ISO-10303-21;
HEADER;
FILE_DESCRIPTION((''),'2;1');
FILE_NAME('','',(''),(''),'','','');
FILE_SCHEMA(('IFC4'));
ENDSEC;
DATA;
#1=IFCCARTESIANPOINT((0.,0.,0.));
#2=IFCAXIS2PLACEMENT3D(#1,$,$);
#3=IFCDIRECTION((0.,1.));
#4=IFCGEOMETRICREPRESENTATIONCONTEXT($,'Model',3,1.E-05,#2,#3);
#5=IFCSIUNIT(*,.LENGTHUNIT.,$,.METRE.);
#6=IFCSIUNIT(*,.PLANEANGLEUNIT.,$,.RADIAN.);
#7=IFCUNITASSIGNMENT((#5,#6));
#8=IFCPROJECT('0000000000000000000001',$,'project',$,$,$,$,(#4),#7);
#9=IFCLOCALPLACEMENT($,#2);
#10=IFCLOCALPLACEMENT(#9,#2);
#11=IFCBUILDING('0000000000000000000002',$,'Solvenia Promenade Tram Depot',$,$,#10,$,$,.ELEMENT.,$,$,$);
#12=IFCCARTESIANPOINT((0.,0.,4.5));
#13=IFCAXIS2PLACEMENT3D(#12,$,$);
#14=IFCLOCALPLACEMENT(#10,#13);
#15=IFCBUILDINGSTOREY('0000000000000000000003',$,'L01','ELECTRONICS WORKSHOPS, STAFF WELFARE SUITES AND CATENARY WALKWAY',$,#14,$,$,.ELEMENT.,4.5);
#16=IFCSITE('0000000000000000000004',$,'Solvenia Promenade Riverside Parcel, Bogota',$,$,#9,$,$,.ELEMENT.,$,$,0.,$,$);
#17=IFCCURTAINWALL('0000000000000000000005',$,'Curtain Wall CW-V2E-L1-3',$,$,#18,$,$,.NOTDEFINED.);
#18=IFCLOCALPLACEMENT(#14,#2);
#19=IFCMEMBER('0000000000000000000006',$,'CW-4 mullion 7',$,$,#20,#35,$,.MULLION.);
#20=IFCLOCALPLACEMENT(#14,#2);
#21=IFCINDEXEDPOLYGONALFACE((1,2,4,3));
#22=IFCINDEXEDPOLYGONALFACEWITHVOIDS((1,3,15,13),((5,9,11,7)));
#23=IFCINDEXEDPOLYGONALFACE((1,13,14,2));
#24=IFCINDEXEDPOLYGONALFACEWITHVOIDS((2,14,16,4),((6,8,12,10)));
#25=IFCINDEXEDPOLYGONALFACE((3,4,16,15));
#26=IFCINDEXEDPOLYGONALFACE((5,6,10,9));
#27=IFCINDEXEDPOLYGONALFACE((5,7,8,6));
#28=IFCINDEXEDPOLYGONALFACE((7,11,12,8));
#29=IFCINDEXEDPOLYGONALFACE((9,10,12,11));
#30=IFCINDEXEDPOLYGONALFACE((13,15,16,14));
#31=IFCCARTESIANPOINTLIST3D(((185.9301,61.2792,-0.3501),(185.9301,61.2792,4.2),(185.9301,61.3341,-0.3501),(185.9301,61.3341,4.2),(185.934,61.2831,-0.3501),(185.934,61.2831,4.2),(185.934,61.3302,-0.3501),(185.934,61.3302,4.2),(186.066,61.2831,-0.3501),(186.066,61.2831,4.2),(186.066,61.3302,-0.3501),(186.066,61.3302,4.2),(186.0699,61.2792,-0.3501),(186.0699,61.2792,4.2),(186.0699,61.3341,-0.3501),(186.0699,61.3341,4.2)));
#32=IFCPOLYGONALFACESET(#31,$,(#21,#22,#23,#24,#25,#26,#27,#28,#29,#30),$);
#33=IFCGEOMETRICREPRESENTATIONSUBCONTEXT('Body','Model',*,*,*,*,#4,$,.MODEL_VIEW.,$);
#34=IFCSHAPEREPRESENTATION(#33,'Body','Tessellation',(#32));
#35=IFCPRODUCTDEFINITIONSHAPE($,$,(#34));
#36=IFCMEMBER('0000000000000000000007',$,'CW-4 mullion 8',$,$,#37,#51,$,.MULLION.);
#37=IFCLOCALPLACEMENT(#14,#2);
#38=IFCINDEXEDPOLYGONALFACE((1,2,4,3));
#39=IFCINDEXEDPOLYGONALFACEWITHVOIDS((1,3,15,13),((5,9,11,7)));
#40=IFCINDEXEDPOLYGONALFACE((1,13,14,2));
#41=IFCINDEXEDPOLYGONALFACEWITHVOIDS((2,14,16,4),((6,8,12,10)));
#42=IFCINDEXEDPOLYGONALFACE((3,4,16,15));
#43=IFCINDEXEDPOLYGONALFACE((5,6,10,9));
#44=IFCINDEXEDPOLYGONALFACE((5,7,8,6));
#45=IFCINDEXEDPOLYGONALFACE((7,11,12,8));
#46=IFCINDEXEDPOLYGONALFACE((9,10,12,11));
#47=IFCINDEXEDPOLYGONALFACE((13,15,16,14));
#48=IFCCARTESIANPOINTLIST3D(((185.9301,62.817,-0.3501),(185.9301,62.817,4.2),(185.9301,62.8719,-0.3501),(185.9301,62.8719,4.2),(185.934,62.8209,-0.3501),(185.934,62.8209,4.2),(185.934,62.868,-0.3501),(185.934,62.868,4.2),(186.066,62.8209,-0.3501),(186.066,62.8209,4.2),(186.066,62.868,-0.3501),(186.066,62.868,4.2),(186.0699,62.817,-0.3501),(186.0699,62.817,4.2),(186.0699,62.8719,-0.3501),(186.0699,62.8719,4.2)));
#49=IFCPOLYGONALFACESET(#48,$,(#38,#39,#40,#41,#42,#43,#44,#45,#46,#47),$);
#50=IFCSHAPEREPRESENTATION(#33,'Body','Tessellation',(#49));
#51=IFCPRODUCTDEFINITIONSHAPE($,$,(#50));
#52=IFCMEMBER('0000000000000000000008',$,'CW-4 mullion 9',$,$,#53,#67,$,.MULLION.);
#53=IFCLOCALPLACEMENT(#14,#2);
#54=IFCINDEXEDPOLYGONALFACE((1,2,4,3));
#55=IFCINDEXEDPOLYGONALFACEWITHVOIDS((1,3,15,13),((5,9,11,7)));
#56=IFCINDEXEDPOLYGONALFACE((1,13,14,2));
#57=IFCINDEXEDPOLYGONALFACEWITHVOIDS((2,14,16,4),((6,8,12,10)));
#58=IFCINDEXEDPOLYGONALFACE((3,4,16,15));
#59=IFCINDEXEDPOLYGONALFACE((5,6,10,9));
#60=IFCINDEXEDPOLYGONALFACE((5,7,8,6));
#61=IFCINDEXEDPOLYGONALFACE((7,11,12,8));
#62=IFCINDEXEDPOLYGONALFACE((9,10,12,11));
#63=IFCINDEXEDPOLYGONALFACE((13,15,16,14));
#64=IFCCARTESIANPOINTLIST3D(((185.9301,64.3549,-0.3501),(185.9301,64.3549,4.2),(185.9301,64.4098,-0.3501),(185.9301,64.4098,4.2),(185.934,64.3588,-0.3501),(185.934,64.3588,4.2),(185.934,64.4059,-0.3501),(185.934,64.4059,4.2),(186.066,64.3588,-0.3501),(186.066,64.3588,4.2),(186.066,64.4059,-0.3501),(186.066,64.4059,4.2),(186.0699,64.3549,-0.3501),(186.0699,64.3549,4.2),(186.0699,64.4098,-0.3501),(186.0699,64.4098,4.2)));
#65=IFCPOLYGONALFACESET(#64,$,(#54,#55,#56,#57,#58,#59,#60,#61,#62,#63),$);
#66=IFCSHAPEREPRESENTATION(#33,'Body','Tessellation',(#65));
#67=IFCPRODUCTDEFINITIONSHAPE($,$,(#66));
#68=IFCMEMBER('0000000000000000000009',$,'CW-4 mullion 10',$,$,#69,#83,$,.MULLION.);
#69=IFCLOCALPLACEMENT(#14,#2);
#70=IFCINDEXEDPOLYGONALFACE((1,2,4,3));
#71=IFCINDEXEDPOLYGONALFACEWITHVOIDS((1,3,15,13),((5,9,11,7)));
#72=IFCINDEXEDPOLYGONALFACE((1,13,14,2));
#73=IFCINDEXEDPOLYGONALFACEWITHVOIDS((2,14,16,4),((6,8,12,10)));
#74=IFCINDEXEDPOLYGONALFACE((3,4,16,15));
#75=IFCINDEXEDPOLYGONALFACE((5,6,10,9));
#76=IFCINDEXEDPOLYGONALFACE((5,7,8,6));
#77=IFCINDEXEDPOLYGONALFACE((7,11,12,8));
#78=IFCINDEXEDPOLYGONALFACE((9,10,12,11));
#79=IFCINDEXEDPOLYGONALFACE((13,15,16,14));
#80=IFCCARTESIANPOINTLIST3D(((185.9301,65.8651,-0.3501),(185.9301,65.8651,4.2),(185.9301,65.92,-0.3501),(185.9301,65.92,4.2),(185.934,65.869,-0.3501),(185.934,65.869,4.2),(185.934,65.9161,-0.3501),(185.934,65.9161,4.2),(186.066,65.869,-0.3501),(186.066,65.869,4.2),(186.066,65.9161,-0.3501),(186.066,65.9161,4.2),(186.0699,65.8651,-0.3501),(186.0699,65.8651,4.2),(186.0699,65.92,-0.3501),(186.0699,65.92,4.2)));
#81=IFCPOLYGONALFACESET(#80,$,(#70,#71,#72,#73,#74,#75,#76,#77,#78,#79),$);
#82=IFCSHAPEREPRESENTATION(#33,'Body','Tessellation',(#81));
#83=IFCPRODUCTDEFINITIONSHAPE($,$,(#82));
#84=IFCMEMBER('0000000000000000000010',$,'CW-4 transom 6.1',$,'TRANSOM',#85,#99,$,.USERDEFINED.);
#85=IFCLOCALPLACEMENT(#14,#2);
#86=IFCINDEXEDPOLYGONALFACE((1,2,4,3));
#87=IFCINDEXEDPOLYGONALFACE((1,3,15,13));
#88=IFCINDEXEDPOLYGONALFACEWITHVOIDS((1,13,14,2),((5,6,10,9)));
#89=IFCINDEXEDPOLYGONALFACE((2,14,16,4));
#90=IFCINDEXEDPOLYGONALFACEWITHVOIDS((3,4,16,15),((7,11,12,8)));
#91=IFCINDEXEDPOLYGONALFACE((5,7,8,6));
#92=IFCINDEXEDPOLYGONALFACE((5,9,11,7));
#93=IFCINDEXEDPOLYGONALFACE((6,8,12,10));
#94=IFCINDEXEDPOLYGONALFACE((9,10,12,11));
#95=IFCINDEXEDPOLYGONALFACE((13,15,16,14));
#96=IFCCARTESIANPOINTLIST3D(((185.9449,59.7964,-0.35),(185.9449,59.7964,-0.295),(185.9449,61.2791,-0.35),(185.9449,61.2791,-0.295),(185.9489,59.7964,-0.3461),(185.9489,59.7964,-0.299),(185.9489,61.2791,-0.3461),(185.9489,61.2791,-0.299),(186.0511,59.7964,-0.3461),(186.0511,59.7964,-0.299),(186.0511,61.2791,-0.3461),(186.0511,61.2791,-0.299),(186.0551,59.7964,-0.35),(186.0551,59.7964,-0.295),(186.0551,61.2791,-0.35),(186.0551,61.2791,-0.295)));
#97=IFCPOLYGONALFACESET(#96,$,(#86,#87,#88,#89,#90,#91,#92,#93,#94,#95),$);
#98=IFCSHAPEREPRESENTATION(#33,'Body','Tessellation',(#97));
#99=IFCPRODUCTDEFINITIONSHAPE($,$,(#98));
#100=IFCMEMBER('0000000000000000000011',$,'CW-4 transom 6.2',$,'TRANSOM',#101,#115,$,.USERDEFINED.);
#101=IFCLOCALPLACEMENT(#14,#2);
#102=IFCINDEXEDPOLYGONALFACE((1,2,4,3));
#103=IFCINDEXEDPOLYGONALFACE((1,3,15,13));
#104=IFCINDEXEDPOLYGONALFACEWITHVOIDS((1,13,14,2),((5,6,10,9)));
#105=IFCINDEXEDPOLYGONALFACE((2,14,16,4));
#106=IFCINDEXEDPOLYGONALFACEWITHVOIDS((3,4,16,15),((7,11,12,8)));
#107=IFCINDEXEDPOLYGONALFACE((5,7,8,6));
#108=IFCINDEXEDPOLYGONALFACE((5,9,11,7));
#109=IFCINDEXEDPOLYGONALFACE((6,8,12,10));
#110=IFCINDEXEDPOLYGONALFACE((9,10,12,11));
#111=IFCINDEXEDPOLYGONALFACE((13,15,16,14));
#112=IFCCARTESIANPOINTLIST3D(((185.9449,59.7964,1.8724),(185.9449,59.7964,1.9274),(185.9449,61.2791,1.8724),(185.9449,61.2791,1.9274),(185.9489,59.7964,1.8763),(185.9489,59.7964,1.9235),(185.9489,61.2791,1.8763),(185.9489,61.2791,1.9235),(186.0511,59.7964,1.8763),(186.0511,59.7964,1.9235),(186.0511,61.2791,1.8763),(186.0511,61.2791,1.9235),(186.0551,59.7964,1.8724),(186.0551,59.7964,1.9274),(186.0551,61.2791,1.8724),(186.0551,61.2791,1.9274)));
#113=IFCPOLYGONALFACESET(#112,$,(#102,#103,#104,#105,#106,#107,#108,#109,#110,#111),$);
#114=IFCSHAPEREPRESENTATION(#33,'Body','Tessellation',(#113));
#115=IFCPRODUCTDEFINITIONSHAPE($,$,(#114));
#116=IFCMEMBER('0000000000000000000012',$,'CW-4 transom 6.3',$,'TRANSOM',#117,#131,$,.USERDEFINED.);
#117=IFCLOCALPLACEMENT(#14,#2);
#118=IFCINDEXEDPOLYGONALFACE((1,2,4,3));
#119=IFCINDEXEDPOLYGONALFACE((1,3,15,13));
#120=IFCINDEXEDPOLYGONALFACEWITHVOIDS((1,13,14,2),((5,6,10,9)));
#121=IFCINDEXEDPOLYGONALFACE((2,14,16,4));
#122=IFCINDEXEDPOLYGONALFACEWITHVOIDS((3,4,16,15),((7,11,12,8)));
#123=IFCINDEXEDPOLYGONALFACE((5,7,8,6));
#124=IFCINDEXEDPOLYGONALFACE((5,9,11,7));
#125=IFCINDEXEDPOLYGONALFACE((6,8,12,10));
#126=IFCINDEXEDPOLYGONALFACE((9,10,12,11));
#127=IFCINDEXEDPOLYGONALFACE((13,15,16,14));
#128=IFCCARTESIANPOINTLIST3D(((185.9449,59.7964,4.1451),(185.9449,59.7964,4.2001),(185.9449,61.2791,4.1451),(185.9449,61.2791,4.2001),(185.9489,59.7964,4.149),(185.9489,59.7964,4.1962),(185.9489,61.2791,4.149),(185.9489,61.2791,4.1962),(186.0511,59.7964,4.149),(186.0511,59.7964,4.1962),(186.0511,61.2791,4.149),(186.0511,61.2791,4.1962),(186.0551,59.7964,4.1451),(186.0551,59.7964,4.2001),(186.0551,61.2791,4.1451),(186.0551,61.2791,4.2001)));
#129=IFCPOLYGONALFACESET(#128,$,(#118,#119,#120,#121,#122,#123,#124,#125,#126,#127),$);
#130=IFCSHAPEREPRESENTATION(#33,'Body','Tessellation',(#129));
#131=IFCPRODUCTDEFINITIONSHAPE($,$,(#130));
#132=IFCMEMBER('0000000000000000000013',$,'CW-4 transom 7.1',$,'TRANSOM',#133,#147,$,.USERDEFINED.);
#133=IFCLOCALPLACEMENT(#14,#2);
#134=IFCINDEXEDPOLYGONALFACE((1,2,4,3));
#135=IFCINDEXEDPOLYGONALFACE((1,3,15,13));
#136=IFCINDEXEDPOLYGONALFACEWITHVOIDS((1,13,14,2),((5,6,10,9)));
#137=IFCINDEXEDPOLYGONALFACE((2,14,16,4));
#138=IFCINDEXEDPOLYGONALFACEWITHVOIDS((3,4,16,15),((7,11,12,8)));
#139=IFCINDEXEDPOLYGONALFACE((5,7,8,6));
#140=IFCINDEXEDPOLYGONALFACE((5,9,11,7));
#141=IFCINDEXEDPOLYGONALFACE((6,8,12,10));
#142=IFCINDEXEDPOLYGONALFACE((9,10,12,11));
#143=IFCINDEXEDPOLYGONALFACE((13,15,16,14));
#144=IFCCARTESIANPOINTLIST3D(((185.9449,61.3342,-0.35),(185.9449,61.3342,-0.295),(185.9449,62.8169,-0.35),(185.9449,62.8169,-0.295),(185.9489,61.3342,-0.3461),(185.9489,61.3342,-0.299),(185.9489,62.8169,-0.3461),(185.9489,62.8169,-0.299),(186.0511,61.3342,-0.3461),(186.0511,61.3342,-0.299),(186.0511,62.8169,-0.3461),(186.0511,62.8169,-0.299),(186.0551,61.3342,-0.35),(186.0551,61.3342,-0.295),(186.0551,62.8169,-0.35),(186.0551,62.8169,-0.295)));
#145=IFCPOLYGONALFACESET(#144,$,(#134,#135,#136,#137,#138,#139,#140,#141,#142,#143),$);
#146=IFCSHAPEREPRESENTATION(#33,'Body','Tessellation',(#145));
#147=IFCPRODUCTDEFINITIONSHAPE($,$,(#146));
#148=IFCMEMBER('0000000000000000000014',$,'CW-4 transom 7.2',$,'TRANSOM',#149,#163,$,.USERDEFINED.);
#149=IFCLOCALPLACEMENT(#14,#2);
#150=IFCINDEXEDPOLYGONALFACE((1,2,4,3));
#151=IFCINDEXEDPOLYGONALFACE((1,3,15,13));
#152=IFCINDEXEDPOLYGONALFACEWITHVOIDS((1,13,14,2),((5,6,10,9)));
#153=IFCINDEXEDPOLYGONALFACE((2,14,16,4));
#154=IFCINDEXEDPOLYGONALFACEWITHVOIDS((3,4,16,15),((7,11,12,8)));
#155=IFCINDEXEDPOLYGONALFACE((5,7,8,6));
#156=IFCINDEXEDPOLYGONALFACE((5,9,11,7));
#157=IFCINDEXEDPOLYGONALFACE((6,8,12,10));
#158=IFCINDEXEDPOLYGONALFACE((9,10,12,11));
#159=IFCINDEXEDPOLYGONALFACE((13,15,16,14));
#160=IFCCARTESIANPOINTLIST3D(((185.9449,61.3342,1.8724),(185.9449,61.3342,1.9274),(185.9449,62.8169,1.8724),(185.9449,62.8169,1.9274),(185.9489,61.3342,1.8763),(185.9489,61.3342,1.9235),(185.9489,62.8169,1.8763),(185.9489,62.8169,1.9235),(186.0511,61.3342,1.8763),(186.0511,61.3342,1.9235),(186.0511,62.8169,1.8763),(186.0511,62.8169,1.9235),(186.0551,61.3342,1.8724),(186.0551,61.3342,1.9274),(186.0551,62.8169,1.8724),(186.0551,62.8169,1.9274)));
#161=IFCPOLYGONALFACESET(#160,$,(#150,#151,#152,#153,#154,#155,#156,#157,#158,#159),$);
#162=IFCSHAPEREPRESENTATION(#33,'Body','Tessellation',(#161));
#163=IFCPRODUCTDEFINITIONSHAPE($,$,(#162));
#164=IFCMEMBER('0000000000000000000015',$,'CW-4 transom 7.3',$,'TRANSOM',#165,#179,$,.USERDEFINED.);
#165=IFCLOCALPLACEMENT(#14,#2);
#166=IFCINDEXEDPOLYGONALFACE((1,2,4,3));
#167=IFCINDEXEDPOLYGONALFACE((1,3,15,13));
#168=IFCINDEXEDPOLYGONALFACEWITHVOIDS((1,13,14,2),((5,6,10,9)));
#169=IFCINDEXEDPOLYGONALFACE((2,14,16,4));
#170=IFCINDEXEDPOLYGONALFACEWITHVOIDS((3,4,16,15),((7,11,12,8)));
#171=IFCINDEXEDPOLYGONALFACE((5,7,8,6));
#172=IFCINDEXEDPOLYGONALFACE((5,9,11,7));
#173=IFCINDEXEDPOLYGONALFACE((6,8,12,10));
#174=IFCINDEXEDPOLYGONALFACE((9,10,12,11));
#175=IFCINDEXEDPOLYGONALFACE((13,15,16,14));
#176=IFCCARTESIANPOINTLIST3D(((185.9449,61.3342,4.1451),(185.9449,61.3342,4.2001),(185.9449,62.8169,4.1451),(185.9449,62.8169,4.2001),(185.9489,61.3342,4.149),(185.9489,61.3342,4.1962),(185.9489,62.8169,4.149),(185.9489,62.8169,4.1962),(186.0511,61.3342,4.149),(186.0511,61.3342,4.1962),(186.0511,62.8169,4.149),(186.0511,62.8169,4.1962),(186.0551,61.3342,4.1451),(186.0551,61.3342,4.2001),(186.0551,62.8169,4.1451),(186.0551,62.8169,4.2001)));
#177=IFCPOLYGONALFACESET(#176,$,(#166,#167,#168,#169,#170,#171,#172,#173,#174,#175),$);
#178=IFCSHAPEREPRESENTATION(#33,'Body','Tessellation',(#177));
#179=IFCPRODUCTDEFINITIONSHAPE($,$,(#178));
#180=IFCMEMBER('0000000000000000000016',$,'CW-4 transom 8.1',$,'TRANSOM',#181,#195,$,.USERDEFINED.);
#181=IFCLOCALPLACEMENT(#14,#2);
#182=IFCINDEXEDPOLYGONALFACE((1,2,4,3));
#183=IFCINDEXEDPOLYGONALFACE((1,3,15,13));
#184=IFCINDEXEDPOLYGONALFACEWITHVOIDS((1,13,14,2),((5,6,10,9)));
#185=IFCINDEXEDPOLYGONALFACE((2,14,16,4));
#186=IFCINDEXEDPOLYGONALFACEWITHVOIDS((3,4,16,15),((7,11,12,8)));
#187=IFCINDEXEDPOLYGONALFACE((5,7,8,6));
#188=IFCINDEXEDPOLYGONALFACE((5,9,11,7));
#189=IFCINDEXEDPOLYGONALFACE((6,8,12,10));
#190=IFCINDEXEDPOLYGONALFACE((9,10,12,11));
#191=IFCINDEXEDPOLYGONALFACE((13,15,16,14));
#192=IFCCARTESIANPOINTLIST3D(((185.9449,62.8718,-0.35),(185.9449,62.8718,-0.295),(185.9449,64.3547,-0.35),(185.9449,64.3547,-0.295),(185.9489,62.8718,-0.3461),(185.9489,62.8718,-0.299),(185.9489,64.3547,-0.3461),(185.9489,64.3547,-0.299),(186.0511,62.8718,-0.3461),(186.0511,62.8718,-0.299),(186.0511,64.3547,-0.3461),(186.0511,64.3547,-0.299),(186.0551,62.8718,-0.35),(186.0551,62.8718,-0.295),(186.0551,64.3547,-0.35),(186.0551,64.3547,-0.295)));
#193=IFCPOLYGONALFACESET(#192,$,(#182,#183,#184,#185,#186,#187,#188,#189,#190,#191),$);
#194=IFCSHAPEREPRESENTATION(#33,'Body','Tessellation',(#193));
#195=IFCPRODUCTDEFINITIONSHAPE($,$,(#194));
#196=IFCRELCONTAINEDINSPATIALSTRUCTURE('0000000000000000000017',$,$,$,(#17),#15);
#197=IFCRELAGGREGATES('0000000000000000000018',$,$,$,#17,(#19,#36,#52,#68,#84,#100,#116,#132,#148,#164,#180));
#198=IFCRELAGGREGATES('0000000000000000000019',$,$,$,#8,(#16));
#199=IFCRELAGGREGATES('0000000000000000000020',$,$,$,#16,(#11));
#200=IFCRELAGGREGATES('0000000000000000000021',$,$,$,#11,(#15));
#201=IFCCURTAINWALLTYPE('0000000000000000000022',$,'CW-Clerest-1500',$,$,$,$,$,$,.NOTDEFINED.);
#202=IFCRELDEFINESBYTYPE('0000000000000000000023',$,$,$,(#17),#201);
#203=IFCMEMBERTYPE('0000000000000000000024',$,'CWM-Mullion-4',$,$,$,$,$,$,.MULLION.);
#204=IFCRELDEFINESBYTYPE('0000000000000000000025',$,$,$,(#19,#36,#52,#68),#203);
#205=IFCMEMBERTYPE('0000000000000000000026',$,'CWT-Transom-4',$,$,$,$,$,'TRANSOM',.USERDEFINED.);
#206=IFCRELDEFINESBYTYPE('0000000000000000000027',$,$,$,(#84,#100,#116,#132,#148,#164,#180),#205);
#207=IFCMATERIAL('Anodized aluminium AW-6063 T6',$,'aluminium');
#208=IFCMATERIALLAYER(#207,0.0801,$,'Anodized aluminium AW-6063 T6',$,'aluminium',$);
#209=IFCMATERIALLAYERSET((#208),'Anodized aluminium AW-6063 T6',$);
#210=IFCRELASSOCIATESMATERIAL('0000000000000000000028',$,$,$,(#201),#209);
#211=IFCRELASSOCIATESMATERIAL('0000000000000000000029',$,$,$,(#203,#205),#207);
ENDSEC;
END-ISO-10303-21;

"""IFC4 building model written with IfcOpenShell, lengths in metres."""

from ifc_helpers import new_model, si_unit, direction, frame, origin, origin_2d, place, context, subcontext, project, spatial, hollow_rectangle, extrude, material, layer, layer_set, material_profile, profile_set, type_object, element, aggregate, save


model = new_model("IFC4")

# Units and contexts
model_context = context("Model", 3, precision=1e-05, world=origin(), true_north=direction((0.0, 1.0)))
body_context = subcontext(model_context, "Body", "Model", "MODEL_VIEW")
ifc_project = project(units=[si_unit("LENGTHUNIT", "METRE"), si_unit("PLANEANGLEUNIT", "RADIAN")], contexts=[model_context])

# Site, building, storey
site_placement = place(None, origin())
site = spatial("IfcSite", under=ifc_project, at=site_placement, Name="Solvenia Promenade Riverside Parcel, Bogota", CompositionType="ELEMENT", RefElevation=0.0)
building_placement = place(site_placement, origin())
building = spatial("IfcBuilding", under=site, at=building_placement, Name="Solvenia Promenade Tram Depot", CompositionType="ELEMENT")
storey_placement = place(building_placement, frame((0.0, 0.0, 4.5)))
storey = spatial("IfcBuildingStorey", under=building, at=storey_placement, Name="L01", Description="ELECTRONICS WORKSHOPS, STAFF WELFARE SUITES AND CATENARY WALKWAY", CompositionType="ELEMENT", Elevation=4.5)

# Curtain wall, members
ifc_material_1 = material(Name="Anodized aluminium AW-6063 T6", Category="aluminium")
ifc_layer_1 = layer(ifc_material_1, 0.0801, Name="Anodized aluminium AW-6063 T6", Category="aluminium")
ifc_layer_set_1 = layer_set([ifc_layer_1], Name="Anodized aluminium AW-6063 T6")
curtain_wall_type = type_object("IfcCurtainWallType", Name="CW-Clerest-1500", PredefinedType="NOTDEFINED", material=ifc_layer_set_1)
curtain_wall_placement = place(storey_placement, origin())
curtain_wall = element("IfcCurtainWall", 1, at=curtain_wall_placement, inside=storey, type_object=curtain_wall_type, Name="Curtain Wall CW-V2E-L1-3", PredefinedType="NOTDEFINED")
ifc_material_profile_1 = material_profile(ifc_material_1, hollow_rectangle(XDim=0.1399, YDim=0.0549, WallThickness=0.0039, at=origin_2d()), Name="ALU-M4", Category="aluminium")
ifc_profile_set_1 = profile_set([ifc_material_profile_1], Name="Anodized aluminium AW-6063 T6")
member_type_1 = type_object("IfcMemberType", Name="CWM-Mullion-4", PredefinedType="MULLION", material=ifc_profile_set_1)
member_1_placement = place(storey_placement, frame((186.0, 61.3066, -0.3501), z_axis=(0.0, 0.0, 1.0), x_axis=(-1.0, 0.0, 0.0)))
member_1 = element("IfcMember", 2, at=member_1_placement, type_object=member_type_1, Name="CW-4 mullion 7", PredefinedType="MULLION", context=body_context, shape_type="SweptSolid", body=[
    extrude(hollow_rectangle(XDim=0.1399, YDim=0.0549, WallThickness=0.0039, at=origin_2d()), origin(), (0.0, 0.0, 1.0), 4.55),
])
member_2_placement = place(storey_placement, frame((186.0, 62.8445, -0.3501), z_axis=(0.0, 0.0, 1.0), x_axis=(-1.0, 0.0, 0.0)))
member_2 = element("IfcMember", 3, at=member_2_placement, type_object=member_type_1, Name="CW-4 mullion 8", PredefinedType="MULLION", context=body_context, shape_type="SweptSolid", body=[
    extrude(hollow_rectangle(XDim=0.1399, YDim=0.0549, WallThickness=0.0039, at=origin_2d()), origin(), (0.0, 0.0, 1.0), 4.55),
])
member_3_placement = place(storey_placement, frame((186.0, 64.3823, -0.3501), z_axis=(0.0, 0.0, 1.0), x_axis=(-1.0, 0.0, 0.0)))
member_3 = element("IfcMember", 4, at=member_3_placement, type_object=member_type_1, Name="CW-4 mullion 9", PredefinedType="MULLION", context=body_context, shape_type="SweptSolid", body=[
    extrude(hollow_rectangle(XDim=0.1399, YDim=0.0549, WallThickness=0.0039, at=origin_2d()), origin(), (0.0, 0.0, 1.0), 4.55),
])
member_4_placement = place(storey_placement, frame((186.0, 65.8926, -0.3501), z_axis=(0.0, 0.0, 1.0), x_axis=(-1.0, 0.0, 0.0)))
member_4 = element("IfcMember", 5, at=member_4_placement, type_object=member_type_1, Name="CW-4 mullion 10", PredefinedType="MULLION", context=body_context, shape_type="SweptSolid", body=[
    extrude(hollow_rectangle(XDim=0.1399, YDim=0.0549, WallThickness=0.0039, at=origin_2d()), origin(), (0.0, 0.0, 1.0), 4.55),
])
ifc_material_profile_2 = material_profile(ifc_material_1, hollow_rectangle(XDim=0.1101, YDim=0.0549, WallThickness=0.0039, at=origin_2d()), Name="ALU-T4", Category="aluminium")
ifc_profile_set_2 = profile_set([ifc_material_profile_2], Name="Anodized aluminium AW-6063 T6")
member_type_2 = type_object("IfcMemberType", Name="CWT-Transom-4", ElementType="TRANSOM", PredefinedType="USERDEFINED", material=ifc_profile_set_2)
member_5_placement = place(storey_placement, frame((186.0, 59.7964, -0.3225), z_axis=(0.0, 1.0, 0.0), x_axis=(-1.0, 0.0, 0.0)))
member_5 = element("IfcMember", 6, at=member_5_placement, type_object=member_type_2, Name="CW-4 transom 6.1", ObjectType="TRANSOM", PredefinedType="USERDEFINED", context=body_context, shape_type="SweptSolid", body=[
    extrude(hollow_rectangle(XDim=0.1101, YDim=0.0549, WallThickness=0.0039, at=origin_2d()), origin(), (0.0, 0.0, 1.0), 1.4827),
])
member_6_placement = place(storey_placement, frame((186.0, 59.7964, 1.8999), z_axis=(0.0, 1.0, 0.0), x_axis=(-1.0, 0.0, 0.0)))
member_6 = element("IfcMember", 7, at=member_6_placement, type_object=member_type_2, Name="CW-4 transom 6.2", ObjectType="TRANSOM", PredefinedType="USERDEFINED", context=body_context, shape_type="SweptSolid", body=[
    extrude(hollow_rectangle(XDim=0.1101, YDim=0.0549, WallThickness=0.0039, at=origin_2d()), origin(), (0.0, 0.0, 1.0), 1.4827),
])
member_7_placement = place(storey_placement, frame((186.0, 59.7964, 4.1726), z_axis=(0.0, 1.0, 0.0), x_axis=(-1.0, 0.0, 0.0)))
member_7 = element("IfcMember", 8, at=member_7_placement, type_object=member_type_2, Name="CW-4 transom 6.3", ObjectType="TRANSOM", PredefinedType="USERDEFINED", context=body_context, shape_type="SweptSolid", body=[
    extrude(hollow_rectangle(XDim=0.1101, YDim=0.0549, WallThickness=0.0039, at=origin_2d()), origin(), (0.0, 0.0, 1.0), 1.4827),
])
member_8_placement = place(storey_placement, frame((186.0, 61.3342, -0.3225), z_axis=(0.0, 1.0, 0.0), x_axis=(-1.0, 0.0, 0.0)))
member_8 = element("IfcMember", 9, at=member_8_placement, type_object=member_type_2, Name="CW-4 transom 7.1", ObjectType="TRANSOM", PredefinedType="USERDEFINED", context=body_context, shape_type="SweptSolid", body=[
    extrude(hollow_rectangle(XDim=0.1101, YDim=0.0549, WallThickness=0.0039, at=origin_2d()), origin(), (0.0, 0.0, 1.0), 1.4827),
])
member_9_placement = place(storey_placement, frame((186.0, 61.3342, 1.8999), z_axis=(0.0, 1.0, 0.0), x_axis=(-1.0, 0.0, 0.0)))
member_9 = element("IfcMember", 10, at=member_9_placement, type_object=member_type_2, Name="CW-4 transom 7.2", ObjectType="TRANSOM", PredefinedType="USERDEFINED", context=body_context, shape_type="SweptSolid", body=[
    extrude(hollow_rectangle(XDim=0.1101, YDim=0.0549, WallThickness=0.0039, at=origin_2d()), origin(), (0.0, 0.0, 1.0), 1.4827),
])
member_10_placement = place(storey_placement, frame((186.0, 61.3342, 4.1726), z_axis=(0.0, 1.0, 0.0), x_axis=(-1.0, 0.0, 0.0)))
member_10 = element("IfcMember", 11, at=member_10_placement, type_object=member_type_2, Name="CW-4 transom 7.3", ObjectType="TRANSOM", PredefinedType="USERDEFINED", context=body_context, shape_type="SweptSolid", body=[
    extrude(hollow_rectangle(XDim=0.1101, YDim=0.0549, WallThickness=0.0039, at=origin_2d()), origin(), (0.0, 0.0, 1.0), 1.4827),
])
member_11_placement = place(storey_placement, frame((186.0, 62.8718, -0.3225), z_axis=(0.0, 1.0, 0.0), x_axis=(-1.0, 0.0, 0.0)))
member_11 = element("IfcMember", 12, at=member_11_placement, type_object=member_type_2, Name="CW-4 transom 8.1", ObjectType="TRANSOM", PredefinedType="USERDEFINED", context=body_context, shape_type="SweptSolid", body=[
    extrude(hollow_rectangle(XDim=0.1101, YDim=0.0549, WallThickness=0.0039, at=origin_2d()), origin(), (0.0, 0.0, 1.0), 1.4829),
])
aggregate(curtain_wall, [member_1, member_2, member_3, member_4, member_5, member_6, member_7, member_8, member_9, member_10, member_11])

save(model, "model.ifc")
